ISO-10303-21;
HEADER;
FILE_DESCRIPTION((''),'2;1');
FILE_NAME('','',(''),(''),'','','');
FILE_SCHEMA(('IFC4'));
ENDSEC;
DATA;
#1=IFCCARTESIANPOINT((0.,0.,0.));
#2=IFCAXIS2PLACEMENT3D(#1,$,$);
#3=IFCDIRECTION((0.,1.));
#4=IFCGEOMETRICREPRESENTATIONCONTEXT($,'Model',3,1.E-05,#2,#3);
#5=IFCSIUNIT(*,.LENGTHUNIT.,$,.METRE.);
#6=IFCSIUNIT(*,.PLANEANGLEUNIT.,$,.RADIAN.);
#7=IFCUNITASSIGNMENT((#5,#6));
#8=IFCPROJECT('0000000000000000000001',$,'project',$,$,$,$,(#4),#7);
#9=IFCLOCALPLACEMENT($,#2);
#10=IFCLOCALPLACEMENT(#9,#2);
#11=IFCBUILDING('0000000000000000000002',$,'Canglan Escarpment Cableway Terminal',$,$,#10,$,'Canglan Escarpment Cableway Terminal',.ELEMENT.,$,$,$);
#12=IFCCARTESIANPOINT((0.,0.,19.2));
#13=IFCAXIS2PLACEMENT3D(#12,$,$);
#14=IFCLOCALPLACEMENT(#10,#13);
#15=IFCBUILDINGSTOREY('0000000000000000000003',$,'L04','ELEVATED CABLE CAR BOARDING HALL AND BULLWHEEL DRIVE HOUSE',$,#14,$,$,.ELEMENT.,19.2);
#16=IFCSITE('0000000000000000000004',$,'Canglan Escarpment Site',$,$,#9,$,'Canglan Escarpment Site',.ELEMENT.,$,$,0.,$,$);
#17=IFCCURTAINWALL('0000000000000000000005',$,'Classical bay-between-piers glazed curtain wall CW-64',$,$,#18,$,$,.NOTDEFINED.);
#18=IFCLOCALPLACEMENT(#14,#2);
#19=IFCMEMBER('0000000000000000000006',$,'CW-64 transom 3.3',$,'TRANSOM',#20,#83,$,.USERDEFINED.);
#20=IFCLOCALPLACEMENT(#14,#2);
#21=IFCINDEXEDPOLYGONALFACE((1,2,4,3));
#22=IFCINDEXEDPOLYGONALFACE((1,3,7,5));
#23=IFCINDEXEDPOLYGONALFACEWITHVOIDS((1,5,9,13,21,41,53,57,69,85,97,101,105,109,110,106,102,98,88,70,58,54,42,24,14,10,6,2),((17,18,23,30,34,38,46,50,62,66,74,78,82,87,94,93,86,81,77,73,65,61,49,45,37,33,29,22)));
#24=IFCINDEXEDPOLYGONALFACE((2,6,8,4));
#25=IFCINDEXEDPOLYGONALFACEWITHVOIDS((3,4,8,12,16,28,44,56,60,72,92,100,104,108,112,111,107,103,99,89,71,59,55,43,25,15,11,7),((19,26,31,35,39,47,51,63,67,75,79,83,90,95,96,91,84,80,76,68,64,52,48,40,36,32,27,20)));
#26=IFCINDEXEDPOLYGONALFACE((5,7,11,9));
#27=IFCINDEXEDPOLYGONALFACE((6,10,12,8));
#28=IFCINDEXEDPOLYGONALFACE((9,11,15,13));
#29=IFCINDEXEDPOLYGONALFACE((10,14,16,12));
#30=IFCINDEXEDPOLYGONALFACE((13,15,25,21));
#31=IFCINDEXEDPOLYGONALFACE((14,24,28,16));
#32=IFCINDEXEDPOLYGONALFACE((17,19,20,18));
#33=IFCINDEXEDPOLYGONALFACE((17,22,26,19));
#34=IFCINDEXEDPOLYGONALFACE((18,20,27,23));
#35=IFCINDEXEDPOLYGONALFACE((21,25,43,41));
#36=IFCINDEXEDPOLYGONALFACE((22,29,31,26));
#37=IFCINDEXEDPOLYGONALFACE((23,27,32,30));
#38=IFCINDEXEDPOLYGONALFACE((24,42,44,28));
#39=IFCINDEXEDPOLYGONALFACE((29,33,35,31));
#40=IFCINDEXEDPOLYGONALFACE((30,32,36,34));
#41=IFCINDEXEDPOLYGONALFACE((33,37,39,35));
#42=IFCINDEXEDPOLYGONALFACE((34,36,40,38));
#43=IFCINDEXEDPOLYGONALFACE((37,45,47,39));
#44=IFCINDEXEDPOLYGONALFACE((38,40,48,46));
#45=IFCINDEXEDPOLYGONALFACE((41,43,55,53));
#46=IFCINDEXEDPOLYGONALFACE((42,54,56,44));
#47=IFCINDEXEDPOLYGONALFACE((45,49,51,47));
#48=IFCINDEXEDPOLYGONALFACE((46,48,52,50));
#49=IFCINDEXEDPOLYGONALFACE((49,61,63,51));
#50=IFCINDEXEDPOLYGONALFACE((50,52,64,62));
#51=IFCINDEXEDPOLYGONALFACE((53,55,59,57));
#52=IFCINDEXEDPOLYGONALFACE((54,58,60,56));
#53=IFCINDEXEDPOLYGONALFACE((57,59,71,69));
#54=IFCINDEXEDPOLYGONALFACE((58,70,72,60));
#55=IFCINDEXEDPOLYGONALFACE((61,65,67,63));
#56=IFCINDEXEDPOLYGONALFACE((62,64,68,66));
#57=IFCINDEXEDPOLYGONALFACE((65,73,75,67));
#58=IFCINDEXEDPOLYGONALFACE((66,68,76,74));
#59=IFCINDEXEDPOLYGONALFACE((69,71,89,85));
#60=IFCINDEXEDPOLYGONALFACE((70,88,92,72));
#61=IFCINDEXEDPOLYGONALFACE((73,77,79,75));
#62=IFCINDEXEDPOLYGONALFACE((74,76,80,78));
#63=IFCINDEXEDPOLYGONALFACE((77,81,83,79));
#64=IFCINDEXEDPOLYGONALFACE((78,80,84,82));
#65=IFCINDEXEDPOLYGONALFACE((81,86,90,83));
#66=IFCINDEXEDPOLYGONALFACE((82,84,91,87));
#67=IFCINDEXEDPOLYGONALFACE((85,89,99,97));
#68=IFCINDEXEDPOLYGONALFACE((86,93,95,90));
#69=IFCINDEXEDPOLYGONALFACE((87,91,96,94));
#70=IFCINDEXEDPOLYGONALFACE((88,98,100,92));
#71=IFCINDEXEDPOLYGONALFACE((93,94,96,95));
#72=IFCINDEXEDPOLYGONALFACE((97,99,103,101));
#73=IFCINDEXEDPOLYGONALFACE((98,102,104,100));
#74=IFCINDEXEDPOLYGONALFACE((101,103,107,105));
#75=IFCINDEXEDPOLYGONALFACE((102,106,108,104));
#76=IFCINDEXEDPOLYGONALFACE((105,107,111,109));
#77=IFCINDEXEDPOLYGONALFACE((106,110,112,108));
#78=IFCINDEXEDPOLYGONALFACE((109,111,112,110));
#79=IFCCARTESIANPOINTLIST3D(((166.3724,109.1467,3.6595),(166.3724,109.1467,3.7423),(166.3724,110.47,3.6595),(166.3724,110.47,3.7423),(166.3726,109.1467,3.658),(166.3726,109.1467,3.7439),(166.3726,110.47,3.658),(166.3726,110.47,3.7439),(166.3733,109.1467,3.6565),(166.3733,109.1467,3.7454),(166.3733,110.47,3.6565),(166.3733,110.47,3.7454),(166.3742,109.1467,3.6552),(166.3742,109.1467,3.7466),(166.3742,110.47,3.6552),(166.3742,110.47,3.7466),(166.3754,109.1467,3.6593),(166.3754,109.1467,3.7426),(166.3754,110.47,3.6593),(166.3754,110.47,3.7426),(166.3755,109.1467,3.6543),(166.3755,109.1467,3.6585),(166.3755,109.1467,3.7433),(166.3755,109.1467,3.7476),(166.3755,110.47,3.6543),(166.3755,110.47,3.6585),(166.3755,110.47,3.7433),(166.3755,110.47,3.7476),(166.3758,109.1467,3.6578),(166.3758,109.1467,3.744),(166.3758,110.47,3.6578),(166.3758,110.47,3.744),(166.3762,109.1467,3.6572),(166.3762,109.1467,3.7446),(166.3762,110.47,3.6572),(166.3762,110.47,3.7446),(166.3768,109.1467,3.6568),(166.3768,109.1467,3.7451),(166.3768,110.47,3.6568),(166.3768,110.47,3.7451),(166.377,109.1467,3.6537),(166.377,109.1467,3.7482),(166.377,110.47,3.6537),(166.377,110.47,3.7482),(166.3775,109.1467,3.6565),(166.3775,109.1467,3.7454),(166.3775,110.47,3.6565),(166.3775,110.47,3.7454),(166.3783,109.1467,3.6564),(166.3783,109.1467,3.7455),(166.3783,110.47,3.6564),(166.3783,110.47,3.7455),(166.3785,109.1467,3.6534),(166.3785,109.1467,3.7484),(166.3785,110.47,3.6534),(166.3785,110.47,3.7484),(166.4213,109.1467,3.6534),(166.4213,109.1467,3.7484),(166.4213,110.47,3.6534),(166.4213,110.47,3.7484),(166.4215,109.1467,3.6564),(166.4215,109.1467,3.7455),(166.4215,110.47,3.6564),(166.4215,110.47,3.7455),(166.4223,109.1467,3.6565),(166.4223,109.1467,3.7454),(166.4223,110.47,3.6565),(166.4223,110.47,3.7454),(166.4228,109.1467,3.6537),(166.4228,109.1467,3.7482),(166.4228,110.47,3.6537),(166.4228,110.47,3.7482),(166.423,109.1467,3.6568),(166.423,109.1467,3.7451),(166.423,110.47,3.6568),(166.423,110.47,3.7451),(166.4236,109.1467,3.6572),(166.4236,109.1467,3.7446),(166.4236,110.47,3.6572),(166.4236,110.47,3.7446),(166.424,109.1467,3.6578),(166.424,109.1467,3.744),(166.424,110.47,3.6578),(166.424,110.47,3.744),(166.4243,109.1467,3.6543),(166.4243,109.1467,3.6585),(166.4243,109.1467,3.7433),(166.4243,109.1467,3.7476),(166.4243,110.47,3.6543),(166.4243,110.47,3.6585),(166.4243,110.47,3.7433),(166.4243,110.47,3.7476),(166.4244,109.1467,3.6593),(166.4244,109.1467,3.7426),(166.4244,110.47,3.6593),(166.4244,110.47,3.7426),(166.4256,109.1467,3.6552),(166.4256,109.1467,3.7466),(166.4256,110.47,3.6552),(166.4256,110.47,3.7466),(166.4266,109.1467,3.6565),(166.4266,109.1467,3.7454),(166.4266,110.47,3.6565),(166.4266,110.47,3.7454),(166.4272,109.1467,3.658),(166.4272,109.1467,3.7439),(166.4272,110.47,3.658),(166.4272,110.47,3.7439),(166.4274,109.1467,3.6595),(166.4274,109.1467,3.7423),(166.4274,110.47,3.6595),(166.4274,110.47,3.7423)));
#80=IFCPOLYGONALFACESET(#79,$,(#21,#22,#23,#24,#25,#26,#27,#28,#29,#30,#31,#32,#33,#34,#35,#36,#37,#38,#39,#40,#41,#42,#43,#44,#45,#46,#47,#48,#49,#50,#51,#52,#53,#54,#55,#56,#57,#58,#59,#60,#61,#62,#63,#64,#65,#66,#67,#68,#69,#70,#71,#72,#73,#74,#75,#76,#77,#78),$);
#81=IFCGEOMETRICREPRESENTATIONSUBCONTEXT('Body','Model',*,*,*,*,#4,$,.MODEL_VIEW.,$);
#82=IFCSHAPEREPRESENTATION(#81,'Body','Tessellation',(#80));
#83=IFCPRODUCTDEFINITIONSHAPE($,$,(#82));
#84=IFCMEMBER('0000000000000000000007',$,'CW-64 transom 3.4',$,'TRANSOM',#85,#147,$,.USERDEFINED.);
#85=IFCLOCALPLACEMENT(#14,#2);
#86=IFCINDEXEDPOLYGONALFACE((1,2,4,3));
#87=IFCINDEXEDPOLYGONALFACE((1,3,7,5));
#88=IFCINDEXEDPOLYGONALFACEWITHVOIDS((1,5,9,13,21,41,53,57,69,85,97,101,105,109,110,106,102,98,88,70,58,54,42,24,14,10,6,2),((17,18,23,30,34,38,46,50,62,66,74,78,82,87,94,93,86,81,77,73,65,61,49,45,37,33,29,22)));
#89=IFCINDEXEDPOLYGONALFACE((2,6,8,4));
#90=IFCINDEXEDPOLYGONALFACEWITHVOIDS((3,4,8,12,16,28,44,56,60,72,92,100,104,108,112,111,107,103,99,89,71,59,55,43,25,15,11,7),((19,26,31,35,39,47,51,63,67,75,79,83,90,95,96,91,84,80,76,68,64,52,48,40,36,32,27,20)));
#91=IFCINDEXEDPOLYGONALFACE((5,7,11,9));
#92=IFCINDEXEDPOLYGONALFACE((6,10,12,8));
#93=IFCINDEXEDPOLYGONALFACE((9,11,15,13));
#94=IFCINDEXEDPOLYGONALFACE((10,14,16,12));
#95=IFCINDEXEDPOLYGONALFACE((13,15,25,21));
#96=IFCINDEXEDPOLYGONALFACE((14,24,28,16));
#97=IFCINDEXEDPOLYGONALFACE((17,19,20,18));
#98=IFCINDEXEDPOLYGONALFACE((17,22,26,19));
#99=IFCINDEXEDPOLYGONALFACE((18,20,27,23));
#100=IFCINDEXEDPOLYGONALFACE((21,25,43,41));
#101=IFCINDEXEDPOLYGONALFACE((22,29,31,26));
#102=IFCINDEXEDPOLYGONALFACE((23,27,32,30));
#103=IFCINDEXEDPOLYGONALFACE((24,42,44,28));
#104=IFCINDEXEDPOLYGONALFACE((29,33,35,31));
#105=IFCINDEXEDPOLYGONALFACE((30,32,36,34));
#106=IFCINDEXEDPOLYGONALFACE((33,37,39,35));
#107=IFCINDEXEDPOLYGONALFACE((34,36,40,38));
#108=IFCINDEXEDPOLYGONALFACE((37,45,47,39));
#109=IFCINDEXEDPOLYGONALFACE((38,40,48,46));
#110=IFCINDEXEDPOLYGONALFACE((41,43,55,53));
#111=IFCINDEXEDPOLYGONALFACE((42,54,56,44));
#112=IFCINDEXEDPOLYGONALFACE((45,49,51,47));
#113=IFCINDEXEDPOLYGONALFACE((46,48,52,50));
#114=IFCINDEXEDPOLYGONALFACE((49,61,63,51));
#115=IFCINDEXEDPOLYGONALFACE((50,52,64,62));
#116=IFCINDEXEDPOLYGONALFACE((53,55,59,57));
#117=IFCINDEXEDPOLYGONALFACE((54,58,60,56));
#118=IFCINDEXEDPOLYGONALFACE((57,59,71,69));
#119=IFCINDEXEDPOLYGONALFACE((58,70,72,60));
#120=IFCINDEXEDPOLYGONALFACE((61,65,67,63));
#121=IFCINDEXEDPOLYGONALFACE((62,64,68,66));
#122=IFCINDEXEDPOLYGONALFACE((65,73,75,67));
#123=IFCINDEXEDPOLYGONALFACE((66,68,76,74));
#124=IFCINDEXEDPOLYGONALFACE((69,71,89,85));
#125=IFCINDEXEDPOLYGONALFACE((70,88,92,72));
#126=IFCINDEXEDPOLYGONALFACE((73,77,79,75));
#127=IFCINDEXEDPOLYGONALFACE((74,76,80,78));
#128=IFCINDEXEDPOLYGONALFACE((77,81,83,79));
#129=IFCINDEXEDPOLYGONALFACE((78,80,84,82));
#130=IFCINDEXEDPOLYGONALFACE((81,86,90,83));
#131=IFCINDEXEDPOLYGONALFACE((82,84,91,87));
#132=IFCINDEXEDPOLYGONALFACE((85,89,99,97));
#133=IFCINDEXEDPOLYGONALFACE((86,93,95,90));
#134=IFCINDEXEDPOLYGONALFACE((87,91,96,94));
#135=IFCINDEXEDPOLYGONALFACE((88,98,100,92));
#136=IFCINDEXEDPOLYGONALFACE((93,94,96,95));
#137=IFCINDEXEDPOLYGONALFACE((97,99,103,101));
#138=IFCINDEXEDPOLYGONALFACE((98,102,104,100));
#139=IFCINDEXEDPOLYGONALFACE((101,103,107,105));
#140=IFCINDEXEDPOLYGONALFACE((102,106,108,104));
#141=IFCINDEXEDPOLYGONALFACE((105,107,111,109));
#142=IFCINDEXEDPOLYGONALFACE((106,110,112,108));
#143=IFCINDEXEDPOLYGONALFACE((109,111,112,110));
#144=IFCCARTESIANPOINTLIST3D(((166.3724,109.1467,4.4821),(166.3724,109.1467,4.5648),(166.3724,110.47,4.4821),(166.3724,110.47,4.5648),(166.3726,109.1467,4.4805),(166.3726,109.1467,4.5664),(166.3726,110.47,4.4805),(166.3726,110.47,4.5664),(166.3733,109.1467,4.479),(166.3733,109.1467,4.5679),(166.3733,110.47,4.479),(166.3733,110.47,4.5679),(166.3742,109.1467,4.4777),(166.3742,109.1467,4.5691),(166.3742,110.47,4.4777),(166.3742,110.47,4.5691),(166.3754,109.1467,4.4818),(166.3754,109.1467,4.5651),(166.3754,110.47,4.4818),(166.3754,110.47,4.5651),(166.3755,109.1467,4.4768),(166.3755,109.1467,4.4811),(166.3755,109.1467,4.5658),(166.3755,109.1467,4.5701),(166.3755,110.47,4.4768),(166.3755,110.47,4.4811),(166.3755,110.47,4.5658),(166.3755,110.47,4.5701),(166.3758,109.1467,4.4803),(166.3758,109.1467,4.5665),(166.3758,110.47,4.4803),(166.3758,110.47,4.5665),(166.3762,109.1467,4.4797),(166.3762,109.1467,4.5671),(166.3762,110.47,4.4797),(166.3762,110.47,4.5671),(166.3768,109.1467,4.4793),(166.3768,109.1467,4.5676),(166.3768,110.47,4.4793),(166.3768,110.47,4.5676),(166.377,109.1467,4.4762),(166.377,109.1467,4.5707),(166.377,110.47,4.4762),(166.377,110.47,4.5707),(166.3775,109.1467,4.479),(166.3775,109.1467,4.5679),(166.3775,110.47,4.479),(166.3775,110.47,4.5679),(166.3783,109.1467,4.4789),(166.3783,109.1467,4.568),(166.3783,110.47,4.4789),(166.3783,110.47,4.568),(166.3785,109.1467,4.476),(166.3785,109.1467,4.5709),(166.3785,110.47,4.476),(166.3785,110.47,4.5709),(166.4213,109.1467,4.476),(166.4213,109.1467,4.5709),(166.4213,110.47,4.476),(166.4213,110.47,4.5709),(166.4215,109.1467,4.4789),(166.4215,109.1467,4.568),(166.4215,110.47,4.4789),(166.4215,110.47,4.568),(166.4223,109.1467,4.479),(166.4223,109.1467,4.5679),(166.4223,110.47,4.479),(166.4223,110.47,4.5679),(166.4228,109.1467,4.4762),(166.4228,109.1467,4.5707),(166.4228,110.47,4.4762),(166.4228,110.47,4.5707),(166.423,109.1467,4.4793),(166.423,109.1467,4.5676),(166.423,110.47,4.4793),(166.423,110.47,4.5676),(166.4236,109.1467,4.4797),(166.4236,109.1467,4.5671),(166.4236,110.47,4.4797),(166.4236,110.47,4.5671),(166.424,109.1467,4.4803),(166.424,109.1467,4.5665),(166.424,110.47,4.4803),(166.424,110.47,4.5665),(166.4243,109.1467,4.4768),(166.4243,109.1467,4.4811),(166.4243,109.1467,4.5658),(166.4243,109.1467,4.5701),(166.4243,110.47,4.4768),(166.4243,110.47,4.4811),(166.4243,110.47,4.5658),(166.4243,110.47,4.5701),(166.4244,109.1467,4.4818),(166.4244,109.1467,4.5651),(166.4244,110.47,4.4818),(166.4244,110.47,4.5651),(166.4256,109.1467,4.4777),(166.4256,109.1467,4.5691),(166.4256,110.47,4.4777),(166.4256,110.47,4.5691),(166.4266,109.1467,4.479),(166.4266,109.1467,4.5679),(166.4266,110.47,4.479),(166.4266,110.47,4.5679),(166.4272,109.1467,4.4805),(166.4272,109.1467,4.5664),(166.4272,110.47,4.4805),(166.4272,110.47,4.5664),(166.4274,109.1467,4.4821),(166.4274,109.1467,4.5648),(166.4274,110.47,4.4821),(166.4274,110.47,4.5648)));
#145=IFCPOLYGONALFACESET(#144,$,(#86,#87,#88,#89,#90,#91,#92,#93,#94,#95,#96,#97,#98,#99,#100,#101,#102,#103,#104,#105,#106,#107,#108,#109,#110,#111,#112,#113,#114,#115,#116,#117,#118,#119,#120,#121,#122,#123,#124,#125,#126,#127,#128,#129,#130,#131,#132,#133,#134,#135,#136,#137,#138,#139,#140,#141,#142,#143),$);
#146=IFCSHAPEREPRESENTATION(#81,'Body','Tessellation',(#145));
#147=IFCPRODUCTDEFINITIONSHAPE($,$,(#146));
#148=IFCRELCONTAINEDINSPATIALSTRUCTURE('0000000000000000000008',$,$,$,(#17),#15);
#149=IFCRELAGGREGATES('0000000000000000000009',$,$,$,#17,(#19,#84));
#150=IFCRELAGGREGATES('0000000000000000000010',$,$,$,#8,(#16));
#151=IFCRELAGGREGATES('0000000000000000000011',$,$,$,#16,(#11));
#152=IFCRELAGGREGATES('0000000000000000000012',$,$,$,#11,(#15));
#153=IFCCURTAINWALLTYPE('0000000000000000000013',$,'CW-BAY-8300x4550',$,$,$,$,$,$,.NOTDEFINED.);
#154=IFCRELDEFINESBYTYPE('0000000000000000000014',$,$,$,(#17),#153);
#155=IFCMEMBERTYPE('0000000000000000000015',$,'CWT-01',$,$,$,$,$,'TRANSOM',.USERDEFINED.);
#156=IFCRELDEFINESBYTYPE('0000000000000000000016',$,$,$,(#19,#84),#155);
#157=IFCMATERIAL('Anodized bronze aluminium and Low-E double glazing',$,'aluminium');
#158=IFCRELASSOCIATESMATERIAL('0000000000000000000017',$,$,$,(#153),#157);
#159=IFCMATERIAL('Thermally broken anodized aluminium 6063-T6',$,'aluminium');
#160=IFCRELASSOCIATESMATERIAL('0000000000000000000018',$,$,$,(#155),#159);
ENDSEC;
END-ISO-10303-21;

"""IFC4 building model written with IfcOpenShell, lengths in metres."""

from ifc_helpers import new_model, si_unit, direction, frame, origin, origin_2d, place, context, subcontext, project, spatial, hollow_rectangle, extrude, material, material_profile, profile_set, type_object, element, aggregate, save


model = new_model("IFC4")

# Units and contexts
model_context = context("Model", 3, precision=1e-05, world=origin(), true_north=direction((0.0, 1.0)))
body_context = subcontext(model_context, "Body", "Model", "MODEL_VIEW")
ifc_project = project(units=[si_unit("LENGTHUNIT", "METRE"), si_unit("PLANEANGLEUNIT", "RADIAN")], contexts=[model_context])

# Site, building, storey
site_placement = place(None, origin())
site = spatial("IfcSite", under=ifc_project, at=site_placement, Name="Canglan Escarpment Site", LongName="Canglan Escarpment Site", CompositionType="ELEMENT", RefElevation=0.0)
building_placement = place(site_placement, origin())
building = spatial("IfcBuilding", under=site, at=building_placement, Name="Canglan Escarpment Cableway Terminal", LongName="Canglan Escarpment Cableway Terminal", CompositionType="ELEMENT")
storey_placement = place(building_placement, frame((0.0, 0.0, 19.2)))
storey = spatial("IfcBuildingStorey", under=building, at=storey_placement, Name="L04", Description="ELEVATED CABLE CAR BOARDING HALL AND BULLWHEEL DRIVE HOUSE", CompositionType="ELEMENT", Elevation=19.2)

# Curtain wall
ifc_material_1 = material(Name="Anodized bronze aluminium and Low-E double glazing", Category="aluminium")
curtain_wall_type = type_object("IfcCurtainWallType", Name="CW-BAY-8300x4550", PredefinedType="NOTDEFINED", material=ifc_material_1)
curtain_wall_1_placement = place(storey_placement, origin())
curtain_wall_1 = element("IfcCurtainWall", 1, at=curtain_wall_1_placement, inside=storey, type_object=curtain_wall_type, Name="Classical bay-between-piers glazed curtain wall CW-64", PredefinedType="NOTDEFINED")
ifc_material_2 = material(Name="Thermally broken anodized aluminium 6063-T6", Category="aluminium")

# Members
ifc_material_profile_1 = material_profile(ifc_material_2, hollow_rectangle(XDim=0.0549, YDim=0.095, WallThickness=0.0029, InnerFilletRadius=0.0029, OuterFilletRadius=0.0061, at=origin_2d()), Name="ALU-TRAN 55x95x3")
ifc_profile_set_1 = profile_set([ifc_material_profile_1], Name="Thermally broken anodized aluminium 6063-T6")
member_type_1 = type_object("IfcMemberType", Name="CWT-01", ElementType="TRANSOM", PredefinedType="USERDEFINED", material=ifc_profile_set_1)
member_1_placement = place(storey_placement, frame((166.3999, 109.1467, 3.7009), z_axis=(0.0, 1.0, 0.0), x_axis=(-1.0, 0.0, 0.0)))
member_1 = element("IfcMember", 2, at=member_1_placement, type_object=member_type_1, Name="CW-64 transom 3.3", ObjectType="TRANSOM", PredefinedType="USERDEFINED", context=body_context, shape_type="SweptSolid", body=[
    extrude(hollow_rectangle(XDim=0.0549, YDim=0.095, WallThickness=0.0029, InnerFilletRadius=0.0029, OuterFilletRadius=0.0061, at=origin_2d()), origin(), (0.0, 0.0, 1.0), 1.3232),
])
member_2_placement = place(storey_placement, frame((166.3999, 109.1467, 4.5234), z_axis=(0.0, 1.0, 0.0), x_axis=(-1.0, 0.0, 0.0)))
member_2 = element("IfcMember", 3, at=member_2_placement, type_object=member_type_1, Name="CW-64 transom 3.4", ObjectType="TRANSOM", PredefinedType="USERDEFINED", context=body_context, shape_type="SweptSolid", body=[
    extrude(hollow_rectangle(XDim=0.0549, YDim=0.095, WallThickness=0.0029, InnerFilletRadius=0.0029, OuterFilletRadius=0.0061, at=origin_2d()), origin(), (0.0, 0.0, 1.0), 1.3232),
])

aggregate(curtain_wall_1, [member_1, member_2])

save(model, "model.ifc")
